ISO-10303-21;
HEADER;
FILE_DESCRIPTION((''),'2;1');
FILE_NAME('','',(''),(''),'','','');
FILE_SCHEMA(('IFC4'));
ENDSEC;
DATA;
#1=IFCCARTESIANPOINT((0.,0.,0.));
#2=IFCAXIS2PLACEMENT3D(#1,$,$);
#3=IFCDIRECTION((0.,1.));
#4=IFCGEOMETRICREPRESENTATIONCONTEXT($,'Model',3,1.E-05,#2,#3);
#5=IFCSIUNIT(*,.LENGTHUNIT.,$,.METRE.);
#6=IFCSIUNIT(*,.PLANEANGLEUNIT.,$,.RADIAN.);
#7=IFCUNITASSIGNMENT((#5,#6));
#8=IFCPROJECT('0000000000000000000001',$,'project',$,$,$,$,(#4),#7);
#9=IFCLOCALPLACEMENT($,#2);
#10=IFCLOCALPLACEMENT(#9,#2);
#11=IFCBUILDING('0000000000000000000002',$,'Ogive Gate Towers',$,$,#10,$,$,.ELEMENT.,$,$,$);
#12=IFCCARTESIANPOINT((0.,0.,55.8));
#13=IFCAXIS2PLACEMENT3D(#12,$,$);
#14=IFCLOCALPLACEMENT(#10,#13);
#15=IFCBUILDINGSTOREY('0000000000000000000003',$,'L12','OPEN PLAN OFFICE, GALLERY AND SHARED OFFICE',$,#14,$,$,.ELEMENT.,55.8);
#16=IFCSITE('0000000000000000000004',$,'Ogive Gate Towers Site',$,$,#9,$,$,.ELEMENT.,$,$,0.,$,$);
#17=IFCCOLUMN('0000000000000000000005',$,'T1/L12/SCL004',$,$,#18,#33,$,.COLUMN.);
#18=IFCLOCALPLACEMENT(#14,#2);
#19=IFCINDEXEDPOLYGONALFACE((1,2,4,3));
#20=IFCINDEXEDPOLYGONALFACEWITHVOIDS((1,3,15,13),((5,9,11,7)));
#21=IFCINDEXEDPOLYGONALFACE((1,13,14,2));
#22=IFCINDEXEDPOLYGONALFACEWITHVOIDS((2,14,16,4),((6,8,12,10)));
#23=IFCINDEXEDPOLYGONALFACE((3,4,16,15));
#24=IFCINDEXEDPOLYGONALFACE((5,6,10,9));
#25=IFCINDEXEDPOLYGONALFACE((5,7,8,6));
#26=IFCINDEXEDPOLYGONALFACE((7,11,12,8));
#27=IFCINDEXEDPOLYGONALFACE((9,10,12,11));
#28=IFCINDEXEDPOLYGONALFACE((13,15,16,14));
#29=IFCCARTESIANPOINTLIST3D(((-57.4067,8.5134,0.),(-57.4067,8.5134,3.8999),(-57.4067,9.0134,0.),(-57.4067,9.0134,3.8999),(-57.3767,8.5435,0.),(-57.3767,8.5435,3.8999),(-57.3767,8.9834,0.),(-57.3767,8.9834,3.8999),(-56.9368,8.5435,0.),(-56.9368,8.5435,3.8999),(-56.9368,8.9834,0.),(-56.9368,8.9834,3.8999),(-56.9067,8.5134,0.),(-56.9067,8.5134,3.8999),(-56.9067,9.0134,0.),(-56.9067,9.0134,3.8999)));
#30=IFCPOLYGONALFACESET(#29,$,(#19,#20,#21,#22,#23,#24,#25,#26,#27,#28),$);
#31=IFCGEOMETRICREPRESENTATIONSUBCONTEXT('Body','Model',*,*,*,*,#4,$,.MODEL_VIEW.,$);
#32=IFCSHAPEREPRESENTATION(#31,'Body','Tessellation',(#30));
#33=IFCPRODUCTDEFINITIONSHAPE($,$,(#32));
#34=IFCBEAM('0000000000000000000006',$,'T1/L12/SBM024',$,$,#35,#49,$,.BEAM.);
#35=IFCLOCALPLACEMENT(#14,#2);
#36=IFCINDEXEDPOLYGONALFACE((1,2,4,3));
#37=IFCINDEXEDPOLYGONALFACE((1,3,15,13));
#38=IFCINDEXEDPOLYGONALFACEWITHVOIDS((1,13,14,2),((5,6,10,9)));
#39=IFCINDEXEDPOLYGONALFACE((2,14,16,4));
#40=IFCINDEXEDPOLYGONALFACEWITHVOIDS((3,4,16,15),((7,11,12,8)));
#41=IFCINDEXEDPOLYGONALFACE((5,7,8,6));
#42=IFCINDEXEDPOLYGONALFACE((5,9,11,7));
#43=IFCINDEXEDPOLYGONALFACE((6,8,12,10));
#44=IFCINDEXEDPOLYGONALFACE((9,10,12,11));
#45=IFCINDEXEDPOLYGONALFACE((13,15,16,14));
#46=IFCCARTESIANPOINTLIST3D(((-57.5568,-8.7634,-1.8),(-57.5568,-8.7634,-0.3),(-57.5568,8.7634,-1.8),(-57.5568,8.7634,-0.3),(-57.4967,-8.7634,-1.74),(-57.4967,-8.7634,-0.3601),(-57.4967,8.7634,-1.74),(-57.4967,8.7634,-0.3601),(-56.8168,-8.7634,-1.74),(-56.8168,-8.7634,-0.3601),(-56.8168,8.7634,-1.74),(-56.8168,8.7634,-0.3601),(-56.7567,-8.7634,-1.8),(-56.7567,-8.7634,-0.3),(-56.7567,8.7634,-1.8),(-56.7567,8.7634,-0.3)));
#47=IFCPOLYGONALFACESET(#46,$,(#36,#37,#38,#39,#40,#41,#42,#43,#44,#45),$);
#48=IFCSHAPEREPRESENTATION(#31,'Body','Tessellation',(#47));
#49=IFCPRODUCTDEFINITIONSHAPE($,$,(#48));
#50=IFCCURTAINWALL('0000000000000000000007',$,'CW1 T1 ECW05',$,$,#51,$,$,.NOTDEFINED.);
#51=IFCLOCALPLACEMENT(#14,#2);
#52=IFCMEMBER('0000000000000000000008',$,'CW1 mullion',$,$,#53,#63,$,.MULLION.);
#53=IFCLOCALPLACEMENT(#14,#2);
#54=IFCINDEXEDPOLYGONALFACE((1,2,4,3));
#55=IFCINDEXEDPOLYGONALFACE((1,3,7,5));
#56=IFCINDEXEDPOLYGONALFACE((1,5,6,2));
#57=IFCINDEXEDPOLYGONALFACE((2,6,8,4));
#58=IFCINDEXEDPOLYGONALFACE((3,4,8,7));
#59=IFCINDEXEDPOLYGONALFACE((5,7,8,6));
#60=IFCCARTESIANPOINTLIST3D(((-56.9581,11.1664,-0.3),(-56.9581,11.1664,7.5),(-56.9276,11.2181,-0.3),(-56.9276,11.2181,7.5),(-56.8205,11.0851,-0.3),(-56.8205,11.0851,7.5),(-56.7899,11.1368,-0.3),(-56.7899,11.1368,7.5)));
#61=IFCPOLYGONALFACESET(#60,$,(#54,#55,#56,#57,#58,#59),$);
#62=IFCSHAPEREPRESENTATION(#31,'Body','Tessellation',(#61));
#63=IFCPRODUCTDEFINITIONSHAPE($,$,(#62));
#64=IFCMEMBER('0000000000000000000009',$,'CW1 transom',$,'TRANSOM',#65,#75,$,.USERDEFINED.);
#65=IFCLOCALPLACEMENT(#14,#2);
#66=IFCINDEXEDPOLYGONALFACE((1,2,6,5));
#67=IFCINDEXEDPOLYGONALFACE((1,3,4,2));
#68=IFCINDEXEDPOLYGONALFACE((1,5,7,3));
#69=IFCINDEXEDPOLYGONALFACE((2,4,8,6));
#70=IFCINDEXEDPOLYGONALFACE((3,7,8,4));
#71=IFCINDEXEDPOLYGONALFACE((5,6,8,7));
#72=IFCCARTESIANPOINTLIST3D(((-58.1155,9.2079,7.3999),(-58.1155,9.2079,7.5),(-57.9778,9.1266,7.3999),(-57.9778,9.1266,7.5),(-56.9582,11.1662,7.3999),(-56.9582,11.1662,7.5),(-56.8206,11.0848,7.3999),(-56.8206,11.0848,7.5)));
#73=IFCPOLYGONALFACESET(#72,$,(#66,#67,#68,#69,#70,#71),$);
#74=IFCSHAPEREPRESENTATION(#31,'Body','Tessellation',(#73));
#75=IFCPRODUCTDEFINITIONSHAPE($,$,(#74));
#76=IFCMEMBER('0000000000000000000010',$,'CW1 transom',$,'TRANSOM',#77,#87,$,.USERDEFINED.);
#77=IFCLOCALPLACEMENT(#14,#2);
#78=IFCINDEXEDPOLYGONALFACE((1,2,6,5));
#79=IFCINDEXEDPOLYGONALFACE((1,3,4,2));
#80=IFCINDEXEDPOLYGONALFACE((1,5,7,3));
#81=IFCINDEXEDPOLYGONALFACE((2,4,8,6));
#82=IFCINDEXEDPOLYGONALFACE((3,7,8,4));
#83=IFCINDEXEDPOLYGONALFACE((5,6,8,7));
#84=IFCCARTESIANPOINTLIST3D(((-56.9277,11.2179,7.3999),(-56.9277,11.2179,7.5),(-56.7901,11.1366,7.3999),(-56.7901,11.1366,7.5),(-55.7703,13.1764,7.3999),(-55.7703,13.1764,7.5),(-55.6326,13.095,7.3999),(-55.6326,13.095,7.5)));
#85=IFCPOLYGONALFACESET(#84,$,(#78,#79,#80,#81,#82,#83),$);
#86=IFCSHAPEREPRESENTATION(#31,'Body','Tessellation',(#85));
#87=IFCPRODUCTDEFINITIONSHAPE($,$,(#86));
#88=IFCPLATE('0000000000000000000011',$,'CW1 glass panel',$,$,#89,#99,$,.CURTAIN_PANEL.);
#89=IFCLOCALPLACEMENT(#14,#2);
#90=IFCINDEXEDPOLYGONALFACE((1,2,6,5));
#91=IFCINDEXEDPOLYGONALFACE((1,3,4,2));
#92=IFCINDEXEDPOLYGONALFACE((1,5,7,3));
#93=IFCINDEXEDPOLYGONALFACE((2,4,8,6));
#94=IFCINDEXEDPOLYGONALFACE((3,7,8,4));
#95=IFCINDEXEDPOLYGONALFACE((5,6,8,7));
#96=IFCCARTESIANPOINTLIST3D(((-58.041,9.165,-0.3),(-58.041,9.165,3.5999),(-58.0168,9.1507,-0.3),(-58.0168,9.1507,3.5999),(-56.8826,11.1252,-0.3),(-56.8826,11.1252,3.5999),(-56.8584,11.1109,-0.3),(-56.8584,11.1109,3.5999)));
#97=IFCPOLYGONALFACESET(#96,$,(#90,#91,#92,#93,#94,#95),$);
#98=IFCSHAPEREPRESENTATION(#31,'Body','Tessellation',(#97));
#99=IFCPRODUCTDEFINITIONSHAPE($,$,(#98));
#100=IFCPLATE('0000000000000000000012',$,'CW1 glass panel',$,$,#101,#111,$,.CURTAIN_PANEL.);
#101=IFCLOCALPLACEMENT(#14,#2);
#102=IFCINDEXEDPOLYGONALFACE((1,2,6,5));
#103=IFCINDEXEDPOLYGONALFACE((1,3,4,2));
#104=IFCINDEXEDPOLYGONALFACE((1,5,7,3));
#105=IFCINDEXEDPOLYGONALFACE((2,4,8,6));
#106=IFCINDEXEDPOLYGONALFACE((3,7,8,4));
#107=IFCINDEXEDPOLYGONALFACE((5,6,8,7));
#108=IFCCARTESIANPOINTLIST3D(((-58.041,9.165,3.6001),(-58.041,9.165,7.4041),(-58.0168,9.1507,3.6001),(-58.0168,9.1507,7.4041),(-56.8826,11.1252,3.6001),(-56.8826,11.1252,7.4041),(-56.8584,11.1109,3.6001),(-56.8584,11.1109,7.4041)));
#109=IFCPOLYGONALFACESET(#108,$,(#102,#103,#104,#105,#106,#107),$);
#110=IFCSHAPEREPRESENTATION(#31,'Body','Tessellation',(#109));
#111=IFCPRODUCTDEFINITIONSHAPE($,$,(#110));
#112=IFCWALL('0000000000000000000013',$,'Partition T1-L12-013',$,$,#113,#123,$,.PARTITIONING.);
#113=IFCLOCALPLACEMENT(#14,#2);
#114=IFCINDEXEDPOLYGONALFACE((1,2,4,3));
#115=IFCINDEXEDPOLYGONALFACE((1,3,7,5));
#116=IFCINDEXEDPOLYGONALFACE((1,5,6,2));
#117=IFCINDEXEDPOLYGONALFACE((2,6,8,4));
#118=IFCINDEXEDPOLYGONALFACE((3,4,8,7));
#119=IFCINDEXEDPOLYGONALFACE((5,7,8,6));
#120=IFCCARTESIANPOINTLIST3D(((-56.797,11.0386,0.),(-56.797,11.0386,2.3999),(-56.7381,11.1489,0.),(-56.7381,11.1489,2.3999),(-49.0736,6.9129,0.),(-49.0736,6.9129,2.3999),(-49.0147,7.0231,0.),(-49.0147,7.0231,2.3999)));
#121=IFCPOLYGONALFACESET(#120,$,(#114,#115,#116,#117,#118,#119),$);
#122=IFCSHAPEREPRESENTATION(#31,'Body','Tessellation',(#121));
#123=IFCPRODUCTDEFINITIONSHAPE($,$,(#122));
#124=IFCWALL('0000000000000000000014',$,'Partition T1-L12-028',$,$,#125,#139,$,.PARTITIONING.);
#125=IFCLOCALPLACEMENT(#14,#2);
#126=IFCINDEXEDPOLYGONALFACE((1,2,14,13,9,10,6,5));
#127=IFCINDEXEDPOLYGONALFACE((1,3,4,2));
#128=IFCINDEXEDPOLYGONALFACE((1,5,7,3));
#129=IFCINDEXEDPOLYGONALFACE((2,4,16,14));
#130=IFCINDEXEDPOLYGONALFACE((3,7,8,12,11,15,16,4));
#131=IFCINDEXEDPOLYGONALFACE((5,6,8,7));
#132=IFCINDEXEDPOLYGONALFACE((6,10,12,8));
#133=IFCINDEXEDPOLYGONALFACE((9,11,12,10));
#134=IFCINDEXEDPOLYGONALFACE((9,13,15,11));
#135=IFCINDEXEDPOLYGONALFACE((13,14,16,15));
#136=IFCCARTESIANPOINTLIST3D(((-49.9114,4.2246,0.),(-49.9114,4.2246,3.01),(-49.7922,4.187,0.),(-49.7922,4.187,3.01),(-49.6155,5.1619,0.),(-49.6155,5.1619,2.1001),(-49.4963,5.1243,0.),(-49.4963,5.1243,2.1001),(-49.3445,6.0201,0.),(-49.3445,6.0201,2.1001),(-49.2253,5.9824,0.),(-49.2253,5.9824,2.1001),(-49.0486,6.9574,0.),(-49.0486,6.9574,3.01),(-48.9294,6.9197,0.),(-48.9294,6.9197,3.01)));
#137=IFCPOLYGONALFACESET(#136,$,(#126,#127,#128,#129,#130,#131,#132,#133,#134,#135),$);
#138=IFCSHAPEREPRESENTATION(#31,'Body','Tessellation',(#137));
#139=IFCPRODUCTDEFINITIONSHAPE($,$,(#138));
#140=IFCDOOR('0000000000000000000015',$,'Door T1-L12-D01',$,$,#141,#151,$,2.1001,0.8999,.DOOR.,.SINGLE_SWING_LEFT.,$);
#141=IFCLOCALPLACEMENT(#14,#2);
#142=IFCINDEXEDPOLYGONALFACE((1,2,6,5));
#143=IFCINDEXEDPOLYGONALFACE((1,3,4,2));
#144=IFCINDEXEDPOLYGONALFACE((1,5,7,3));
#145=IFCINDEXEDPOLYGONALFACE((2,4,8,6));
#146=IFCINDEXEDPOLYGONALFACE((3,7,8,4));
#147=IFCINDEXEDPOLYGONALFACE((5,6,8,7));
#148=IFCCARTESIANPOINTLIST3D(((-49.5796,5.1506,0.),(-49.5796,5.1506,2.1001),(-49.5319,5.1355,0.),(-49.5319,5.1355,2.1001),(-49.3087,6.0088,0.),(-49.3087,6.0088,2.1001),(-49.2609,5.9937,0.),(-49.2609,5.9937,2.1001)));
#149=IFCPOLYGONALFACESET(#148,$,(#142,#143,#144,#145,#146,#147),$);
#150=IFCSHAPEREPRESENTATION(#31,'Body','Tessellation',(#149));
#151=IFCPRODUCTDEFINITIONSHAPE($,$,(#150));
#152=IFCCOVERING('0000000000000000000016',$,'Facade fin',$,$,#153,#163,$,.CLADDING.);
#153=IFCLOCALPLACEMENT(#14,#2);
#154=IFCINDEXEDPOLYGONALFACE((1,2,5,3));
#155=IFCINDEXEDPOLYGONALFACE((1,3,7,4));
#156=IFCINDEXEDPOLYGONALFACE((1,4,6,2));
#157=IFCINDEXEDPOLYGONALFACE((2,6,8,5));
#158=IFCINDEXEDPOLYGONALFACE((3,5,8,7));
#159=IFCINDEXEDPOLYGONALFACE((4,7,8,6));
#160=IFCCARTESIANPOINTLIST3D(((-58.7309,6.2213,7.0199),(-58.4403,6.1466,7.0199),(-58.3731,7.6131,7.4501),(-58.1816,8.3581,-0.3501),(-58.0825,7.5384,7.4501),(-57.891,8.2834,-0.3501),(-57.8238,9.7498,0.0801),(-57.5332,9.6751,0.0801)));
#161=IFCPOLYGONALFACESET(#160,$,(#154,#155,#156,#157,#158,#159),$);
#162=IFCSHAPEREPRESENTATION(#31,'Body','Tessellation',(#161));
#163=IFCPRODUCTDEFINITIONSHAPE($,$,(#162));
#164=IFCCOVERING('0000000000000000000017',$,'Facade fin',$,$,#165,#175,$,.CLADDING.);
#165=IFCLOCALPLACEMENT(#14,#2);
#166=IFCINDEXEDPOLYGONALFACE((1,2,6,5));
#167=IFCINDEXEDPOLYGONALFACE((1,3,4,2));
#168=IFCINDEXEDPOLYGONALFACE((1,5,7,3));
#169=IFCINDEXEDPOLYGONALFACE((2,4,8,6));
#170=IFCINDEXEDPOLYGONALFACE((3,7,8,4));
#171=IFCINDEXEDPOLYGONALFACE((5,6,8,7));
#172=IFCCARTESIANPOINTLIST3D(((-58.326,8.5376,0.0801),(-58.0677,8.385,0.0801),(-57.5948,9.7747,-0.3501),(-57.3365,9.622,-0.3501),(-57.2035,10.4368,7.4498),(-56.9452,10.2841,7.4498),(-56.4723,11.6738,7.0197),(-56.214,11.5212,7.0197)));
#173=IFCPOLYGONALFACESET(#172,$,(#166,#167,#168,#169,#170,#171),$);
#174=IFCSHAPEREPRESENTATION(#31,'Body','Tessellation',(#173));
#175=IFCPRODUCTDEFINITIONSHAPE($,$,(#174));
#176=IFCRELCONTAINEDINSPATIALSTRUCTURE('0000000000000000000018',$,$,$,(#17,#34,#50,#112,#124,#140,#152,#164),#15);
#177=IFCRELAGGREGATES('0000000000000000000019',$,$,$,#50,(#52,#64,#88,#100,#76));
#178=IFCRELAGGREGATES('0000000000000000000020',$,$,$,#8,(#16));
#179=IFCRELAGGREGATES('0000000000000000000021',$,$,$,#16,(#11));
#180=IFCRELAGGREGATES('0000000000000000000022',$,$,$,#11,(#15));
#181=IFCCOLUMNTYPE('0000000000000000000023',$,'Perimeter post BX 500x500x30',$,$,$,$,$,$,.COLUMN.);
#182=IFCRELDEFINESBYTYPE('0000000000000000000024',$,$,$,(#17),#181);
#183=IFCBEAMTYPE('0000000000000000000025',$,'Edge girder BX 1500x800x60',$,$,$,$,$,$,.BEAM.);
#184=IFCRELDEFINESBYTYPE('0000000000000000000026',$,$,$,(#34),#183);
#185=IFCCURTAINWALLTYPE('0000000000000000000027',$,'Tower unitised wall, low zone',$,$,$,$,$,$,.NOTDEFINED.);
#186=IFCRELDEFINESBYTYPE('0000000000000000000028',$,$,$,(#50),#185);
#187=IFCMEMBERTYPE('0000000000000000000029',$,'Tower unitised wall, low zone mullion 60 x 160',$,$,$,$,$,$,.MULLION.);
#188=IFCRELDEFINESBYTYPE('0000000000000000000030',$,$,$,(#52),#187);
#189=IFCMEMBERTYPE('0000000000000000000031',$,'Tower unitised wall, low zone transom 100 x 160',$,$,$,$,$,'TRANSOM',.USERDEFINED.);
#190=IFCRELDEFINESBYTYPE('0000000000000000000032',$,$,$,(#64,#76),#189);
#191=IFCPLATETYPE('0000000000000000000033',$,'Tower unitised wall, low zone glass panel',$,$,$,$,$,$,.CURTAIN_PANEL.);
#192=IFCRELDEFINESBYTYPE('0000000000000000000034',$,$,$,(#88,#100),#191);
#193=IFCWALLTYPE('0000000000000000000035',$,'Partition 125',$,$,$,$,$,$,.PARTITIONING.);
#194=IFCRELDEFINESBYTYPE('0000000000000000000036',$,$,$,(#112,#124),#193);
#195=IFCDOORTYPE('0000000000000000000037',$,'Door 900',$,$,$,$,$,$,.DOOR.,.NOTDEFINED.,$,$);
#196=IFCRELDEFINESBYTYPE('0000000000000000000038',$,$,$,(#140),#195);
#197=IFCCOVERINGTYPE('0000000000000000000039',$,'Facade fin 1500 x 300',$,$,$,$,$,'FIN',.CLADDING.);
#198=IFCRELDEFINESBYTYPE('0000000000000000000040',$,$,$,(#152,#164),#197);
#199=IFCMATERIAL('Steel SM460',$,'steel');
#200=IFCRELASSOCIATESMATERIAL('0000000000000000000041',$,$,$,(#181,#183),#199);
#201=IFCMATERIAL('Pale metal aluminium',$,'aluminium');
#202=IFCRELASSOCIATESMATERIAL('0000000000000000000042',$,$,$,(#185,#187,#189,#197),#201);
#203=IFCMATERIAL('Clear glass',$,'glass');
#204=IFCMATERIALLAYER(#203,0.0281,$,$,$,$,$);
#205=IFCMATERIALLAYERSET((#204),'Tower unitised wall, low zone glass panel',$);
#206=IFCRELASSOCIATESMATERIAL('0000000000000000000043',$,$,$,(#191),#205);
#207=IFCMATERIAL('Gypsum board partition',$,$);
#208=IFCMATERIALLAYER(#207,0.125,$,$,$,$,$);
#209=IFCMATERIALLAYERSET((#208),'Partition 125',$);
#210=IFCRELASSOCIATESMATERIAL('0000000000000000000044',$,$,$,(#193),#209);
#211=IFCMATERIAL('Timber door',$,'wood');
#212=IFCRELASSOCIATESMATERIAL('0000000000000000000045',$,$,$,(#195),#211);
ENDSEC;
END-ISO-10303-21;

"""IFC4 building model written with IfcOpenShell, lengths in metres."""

from ifc_helpers import new_model, si_unit, direction, frame, frame_2d, origin, origin_2d, place, context, subcontext, project, spatial, rectangle, hollow_rectangle, extrude, material, layer, layer_set, material_profile, profile_set, type_object, element, fill, aggregate, save


model = new_model("IFC4")

# Units and contexts
model_context = context("Model", 3, precision=1e-05, world=origin(), true_north=direction((0.0, 1.0)))
body_context = subcontext(model_context, "Body", "Model", "MODEL_VIEW")
ifc_project = project(units=[si_unit("LENGTHUNIT", "METRE"), si_unit("PLANEANGLEUNIT", "RADIAN")], contexts=[model_context])

# Site, building, storey
site_placement = place(None, origin())
site = spatial("IfcSite", under=ifc_project, at=site_placement, Name="Ogive Gate Towers Site", CompositionType="ELEMENT", RefElevation=0.0)
building_placement = place(site_placement, origin())
building = spatial("IfcBuilding", under=site, at=building_placement, Name="Ogive Gate Towers", CompositionType="ELEMENT")
storey_placement = place(building_placement, frame((0.0, 0.0, 55.8)))
storey = spatial("IfcBuildingStorey", under=building, at=storey_placement, Name="L12", Description="OPEN PLAN OFFICE, GALLERY AND SHARED OFFICE", CompositionType="ELEMENT", Elevation=55.8)

# Column
ifc_material_1 = material(Name="Steel SM460", Category="steel")
ifc_material_profile_1 = material_profile(ifc_material_1, hollow_rectangle(XDim=0.5, YDim=0.5, WallThickness=0.03, at=origin_2d()), Name="BX 500x500x30")
ifc_profile_set_1 = profile_set([ifc_material_profile_1], Name="Steel SM460")
column_type = type_object("IfcColumnType", Name="Perimeter post BX 500x500x30", PredefinedType="COLUMN", material=ifc_profile_set_1)
column_placement = place(storey_placement, frame((-57.1567, 8.7634, 0.0), z_axis=(0.0, 0.0, 1.0), x_axis=(1.0, 0.0, 0.0)))
element("IfcColumn", 1, at=column_placement, inside=storey, type_object=column_type, Name="T1/L12/SCL004", PredefinedType="COLUMN", context=body_context, shape_type="SweptSolid", body=[
    extrude(hollow_rectangle(XDim=0.5, YDim=0.5, WallThickness=0.03, at=origin_2d()), origin(), (0.0, 0.0, 1.0), 3.8999),
])

# Beam
ifc_material_profile_2 = material_profile(ifc_material_1, hollow_rectangle(XDim=0.8, YDim=1.5, WallThickness=0.0601, at=origin_2d()), Name="BX 1500x800x60")
ifc_profile_set_2 = profile_set([ifc_material_profile_2], Name="Steel SM460")
beam_type = type_object("IfcBeamType", Name="Edge girder BX 1500x800x60", PredefinedType="BEAM", material=ifc_profile_set_2)
beam_placement = place(storey_placement, frame((-57.1567, 8.7634, -1.05), z_axis=(0.0, -1.0, 0.0), x_axis=(1.0, 0.0, 0.0)))
element("IfcBeam", 2, at=beam_placement, inside=storey, type_object=beam_type, Name="T1/L12/SBM024", PredefinedType="BEAM", context=body_context, shape_type="SweptSolid", body=[
    extrude(hollow_rectangle(XDim=0.8, YDim=1.5, WallThickness=0.0601, at=origin_2d()), origin(), (0.0, 0.0, 1.0), 17.5269),
])

# Curtain wall, members, plates
ifc_material_2 = material(Name="Pale metal aluminium", Category="aluminium")
curtain_wall_type = type_object("IfcCurtainWallType", Name="Tower unitised wall, low zone", PredefinedType="NOTDEFINED", material=ifc_material_2)
curtain_wall_placement = place(storey_placement, origin())
curtain_wall = element("IfcCurtainWall", 3, at=curtain_wall_placement, inside=storey, type_object=curtain_wall_type, Name="CW1 T1 ECW05", PredefinedType="NOTDEFINED")
ifc_material_profile_3 = material_profile(ifc_material_2, rectangle(XDim=0.1599, YDim=0.0601, at=origin_2d()), Name="60 x 160 aluminium box")
ifc_profile_set_3 = profile_set([ifc_material_profile_3], Name="Pale metal aluminium")
member_type_1 = type_object("IfcMemberType", Name="Tower unitised wall, low zone mullion 60 x 160", PredefinedType="MULLION", material=ifc_profile_set_3)
member_1_placement = place(storey_placement, frame((-56.874, 11.1516, -0.3), z_axis=(0.0, 0.0, 1.0), x_axis=(0.860902, -0.508771, 0.0)))
member_1 = element("IfcMember", 4, at=member_1_placement, type_object=member_type_1, Name="CW1 mullion", PredefinedType="MULLION", context=body_context, shape_type="SweptSolid", body=[
    extrude(rectangle(XDim=0.1599, YDim=0.0601, at=origin_2d()), origin(), (0.0, 0.0, 1.0), 7.8),
])
ifc_material_profile_4 = material_profile(ifc_material_2, rectangle(XDim=0.1599, YDim=0.1001, at=origin_2d()), Name="100 x 160 aluminium box")
ifc_profile_set_4 = profile_set([ifc_material_profile_4], Name="Pale metal aluminium")
member_type_2 = type_object("IfcMemberType", Name="Tower unitised wall, low zone transom 100 x 160", ElementType="TRANSOM", PredefinedType="USERDEFINED", material=ifc_profile_set_4)
member_2_placement = place(storey_placement, frame((-58.0466, 9.1672, 7.45), z_axis=(0.508755, 0.860912, 0.0), x_axis=(-0.860912, 0.508755, 0.0)))
member_2 = element("IfcMember", 5, at=member_2_placement, type_object=member_type_2, Name="CW1 transom", ObjectType="TRANSOM", PredefinedType="USERDEFINED", context=body_context, shape_type="SweptSolid", body=[
    extrude(rectangle(XDim=0.1599, YDim=0.1001, at=origin_2d()), origin(), (0.0, 0.0, 1.0), 2.2747),
])
member_3_placement = place(storey_placement, frame((-56.8589, 11.1772, 7.45), z_axis=(0.508787, 0.860892, 0.0), x_axis=(-0.860892, 0.508787, 0.0)))
member_3 = element("IfcMember", 6, at=member_3_placement, type_object=member_type_2, Name="CW1 transom", ObjectType="TRANSOM", PredefinedType="USERDEFINED", context=body_context, shape_type="SweptSolid", body=[
    extrude(rectangle(XDim=0.1599, YDim=0.1001, at=origin_2d()), origin(), (0.0, 0.0, 1.0), 2.2749),
])
ifc_material_3 = material(Name="Clear glass", Category="glass")
ifc_layer_1 = layer(ifc_material_3, 0.0281)
ifc_layer_set_1 = layer_set([ifc_layer_1], Name="Tower unitised wall, low zone glass panel")
plate_type = type_object("IfcPlateType", Name="Tower unitised wall, low zone glass panel", PredefinedType="CURTAIN_PANEL", material=ifc_layer_set_1)
plate_1_placement = place(storey_placement, frame((-57.4497, 10.1379, -0.3), z_axis=(0.0, 0.0, 1.0), x_axis=(0.508771, 0.860902, 0.0)))
plate_1 = element("IfcPlate", 7, at=plate_1_placement, type_object=plate_type, Name="CW1 glass panel", PredefinedType="CURTAIN_PANEL", context=body_context, shape_type="SweptSolid", body=[
    extrude(rectangle(XDim=2.2769, YDim=0.0281, at=origin_2d()), origin(), (0.0, 0.0, 1.0), 3.8999),
])
plate_2_placement = place(storey_placement, frame((-57.4497, 10.1379, 3.6001), z_axis=(0.0, 0.0, 1.0), x_axis=(0.508771, 0.860902, 0.0)))
plate_2 = element("IfcPlate", 8, at=plate_2_placement, type_object=plate_type, Name="CW1 glass panel", PredefinedType="CURTAIN_PANEL", context=body_context, shape_type="SweptSolid", body=[
    extrude(rectangle(XDim=2.2769, YDim=0.0281, at=origin_2d()), origin(), (0.0, 0.0, 1.0), 3.804),
])
aggregate(curtain_wall, [member_1, member_2, plate_1, plate_2, member_3])

# Wall
ifc_material_4 = material(Name="Gypsum board partition")
ifc_layer_2 = layer(ifc_material_4, 0.125)
ifc_layer_set_2 = layer_set([ifc_layer_2], Name="Partition 125")
wall_type = type_object("IfcWallType", Name="Partition 125", PredefinedType="PARTITIONING", material=ifc_layer_set_2)
wall_1_placement = place(storey_placement, frame((-56.7676, 11.0938, 0.0), z_axis=(0.0, 0.0, 1.0), x_axis=(0.88204, -0.471174, 0.0)))
element("IfcWall", 9, at=wall_1_placement, inside=storey, type_object=wall_type, Name="Partition T1-L12-013", PredefinedType="PARTITIONING", context=body_context, shape_type="SweptSolid", body=[
    extrude(rectangle(XDim=8.7563, YDim=0.125, at=frame_2d((4.3782, 0.0))), origin(), (0.0, 0.0, 1.0), 2.3999),
])

# Wall, opening, door
wall_2_placement = place(storey_placement, frame((-49.8518, 4.2058, 0.0), z_axis=(0.0, 0.0, 1.0), x_axis=(0.301082, 0.953598, 0.0)))
wall_2 = element("IfcWall", 10, at=wall_2_placement, inside=storey, type_object=wall_type, Name="Partition T1-L12-028", PredefinedType="PARTITIONING", context=body_context, shape_type="SweptSolid", body=[
    extrude(rectangle(XDim=2.8657, YDim=0.125, at=frame_2d((1.4329, 0.0))), origin(), (0.0, 0.0, 1.0), 3.01),
])
opening_placement = place(wall_2_placement, frame((0.9829, 0.0, 0.0)))
opening = element("IfcOpeningElement", 11, at=opening_placement, cuts=wall_2, PredefinedType="OPENING", context=body_context, shape_type="SweptSolid", body=[
    extrude(rectangle(XDim=0.8999, YDim=2.1001, at=frame_2d((0.45, 1.05))), frame((0.0, 0.0725, 0.0), z_axis=(0.0, -1.0, 0.0), x_axis=(1.0, 0.0, 0.0)), (0.0, 0.0, 1.0), 0.145),
])
ifc_material_5 = material(Name="Timber door", Category="wood")
door_type = type_object("IfcDoorType", Name="Door 900", OperationType="NOTDEFINED", PredefinedType="DOOR", material=ifc_material_5)
door_placement = place(opening_placement, origin())
door = element("IfcDoor", 12, at=door_placement, inside=storey, type_object=door_type, Name="Door T1-L12-D01", OperationType="SINGLE_SWING_LEFT", OverallHeight=2.1001, OverallWidth=0.8999, PredefinedType="DOOR", context=body_context, shape_type="SweptSolid", body=[
    extrude(rectangle(XDim=0.8999, YDim=2.1001, at=frame_2d((0.45, 1.05))), frame((0.0, 0.0249, 0.0), z_axis=(0.0, -1.0, 0.0), x_axis=(1.0, 0.0, 0.0)), (0.0, 0.0, 1.0), 0.05),
])
fill(opening, door)

# Coverings
ifc_material_profile_5 = material_profile(ifc_material_2, rectangle(XDim=0.3, YDim=1.5, at=origin_2d()), Name="1500 x 300 pale metal aluminium")
ifc_profile_set_5 = profile_set([ifc_material_profile_5], Name="Pale metal aluminium")
covering_type = type_object("IfcCoveringType", Name="Facade fin 1500 x 300", ElementType="FIN", PredefinedType="CLADDING", material=ifc_profile_set_5)
covering_1_placement = place(storey_placement, frame((-57.8574, 9.0166, -0.135), z_axis=(-0.071405, -0.277748, 0.957997), x_axis=(0.968507, -0.248988, 0.0)))
element("IfcCovering", 13, at=covering_1_placement, inside=storey, type_object=covering_type, Name="Facade fin", PredefinedType="CLADDING", context=body_context, shape_type="SweptSolid", body=[
    extrude(rectangle(XDim=0.3, YDim=1.5, at=origin_2d()), origin(), (0.0, 0.0, 1.0), 7.6931),
])
covering_2_placement = place(storey_placement, frame((-57.8313, 9.0798, -0.135), z_axis=(0.14592, 0.24687, 0.957999), x_axis=(-0.860863, 0.508837, 0.0)))
element("IfcCovering", 14, at=covering_2_placement, inside=storey, type_object=covering_type, Name="Facade fin", PredefinedType="CLADDING", context=body_context, shape_type="SweptSolid", body=[
    extrude(rectangle(XDim=0.3, YDim=1.5, at=origin_2d()), origin(), (0.0, 0.0, 1.0), 7.6929),
])

save(model, "model.ifc")
